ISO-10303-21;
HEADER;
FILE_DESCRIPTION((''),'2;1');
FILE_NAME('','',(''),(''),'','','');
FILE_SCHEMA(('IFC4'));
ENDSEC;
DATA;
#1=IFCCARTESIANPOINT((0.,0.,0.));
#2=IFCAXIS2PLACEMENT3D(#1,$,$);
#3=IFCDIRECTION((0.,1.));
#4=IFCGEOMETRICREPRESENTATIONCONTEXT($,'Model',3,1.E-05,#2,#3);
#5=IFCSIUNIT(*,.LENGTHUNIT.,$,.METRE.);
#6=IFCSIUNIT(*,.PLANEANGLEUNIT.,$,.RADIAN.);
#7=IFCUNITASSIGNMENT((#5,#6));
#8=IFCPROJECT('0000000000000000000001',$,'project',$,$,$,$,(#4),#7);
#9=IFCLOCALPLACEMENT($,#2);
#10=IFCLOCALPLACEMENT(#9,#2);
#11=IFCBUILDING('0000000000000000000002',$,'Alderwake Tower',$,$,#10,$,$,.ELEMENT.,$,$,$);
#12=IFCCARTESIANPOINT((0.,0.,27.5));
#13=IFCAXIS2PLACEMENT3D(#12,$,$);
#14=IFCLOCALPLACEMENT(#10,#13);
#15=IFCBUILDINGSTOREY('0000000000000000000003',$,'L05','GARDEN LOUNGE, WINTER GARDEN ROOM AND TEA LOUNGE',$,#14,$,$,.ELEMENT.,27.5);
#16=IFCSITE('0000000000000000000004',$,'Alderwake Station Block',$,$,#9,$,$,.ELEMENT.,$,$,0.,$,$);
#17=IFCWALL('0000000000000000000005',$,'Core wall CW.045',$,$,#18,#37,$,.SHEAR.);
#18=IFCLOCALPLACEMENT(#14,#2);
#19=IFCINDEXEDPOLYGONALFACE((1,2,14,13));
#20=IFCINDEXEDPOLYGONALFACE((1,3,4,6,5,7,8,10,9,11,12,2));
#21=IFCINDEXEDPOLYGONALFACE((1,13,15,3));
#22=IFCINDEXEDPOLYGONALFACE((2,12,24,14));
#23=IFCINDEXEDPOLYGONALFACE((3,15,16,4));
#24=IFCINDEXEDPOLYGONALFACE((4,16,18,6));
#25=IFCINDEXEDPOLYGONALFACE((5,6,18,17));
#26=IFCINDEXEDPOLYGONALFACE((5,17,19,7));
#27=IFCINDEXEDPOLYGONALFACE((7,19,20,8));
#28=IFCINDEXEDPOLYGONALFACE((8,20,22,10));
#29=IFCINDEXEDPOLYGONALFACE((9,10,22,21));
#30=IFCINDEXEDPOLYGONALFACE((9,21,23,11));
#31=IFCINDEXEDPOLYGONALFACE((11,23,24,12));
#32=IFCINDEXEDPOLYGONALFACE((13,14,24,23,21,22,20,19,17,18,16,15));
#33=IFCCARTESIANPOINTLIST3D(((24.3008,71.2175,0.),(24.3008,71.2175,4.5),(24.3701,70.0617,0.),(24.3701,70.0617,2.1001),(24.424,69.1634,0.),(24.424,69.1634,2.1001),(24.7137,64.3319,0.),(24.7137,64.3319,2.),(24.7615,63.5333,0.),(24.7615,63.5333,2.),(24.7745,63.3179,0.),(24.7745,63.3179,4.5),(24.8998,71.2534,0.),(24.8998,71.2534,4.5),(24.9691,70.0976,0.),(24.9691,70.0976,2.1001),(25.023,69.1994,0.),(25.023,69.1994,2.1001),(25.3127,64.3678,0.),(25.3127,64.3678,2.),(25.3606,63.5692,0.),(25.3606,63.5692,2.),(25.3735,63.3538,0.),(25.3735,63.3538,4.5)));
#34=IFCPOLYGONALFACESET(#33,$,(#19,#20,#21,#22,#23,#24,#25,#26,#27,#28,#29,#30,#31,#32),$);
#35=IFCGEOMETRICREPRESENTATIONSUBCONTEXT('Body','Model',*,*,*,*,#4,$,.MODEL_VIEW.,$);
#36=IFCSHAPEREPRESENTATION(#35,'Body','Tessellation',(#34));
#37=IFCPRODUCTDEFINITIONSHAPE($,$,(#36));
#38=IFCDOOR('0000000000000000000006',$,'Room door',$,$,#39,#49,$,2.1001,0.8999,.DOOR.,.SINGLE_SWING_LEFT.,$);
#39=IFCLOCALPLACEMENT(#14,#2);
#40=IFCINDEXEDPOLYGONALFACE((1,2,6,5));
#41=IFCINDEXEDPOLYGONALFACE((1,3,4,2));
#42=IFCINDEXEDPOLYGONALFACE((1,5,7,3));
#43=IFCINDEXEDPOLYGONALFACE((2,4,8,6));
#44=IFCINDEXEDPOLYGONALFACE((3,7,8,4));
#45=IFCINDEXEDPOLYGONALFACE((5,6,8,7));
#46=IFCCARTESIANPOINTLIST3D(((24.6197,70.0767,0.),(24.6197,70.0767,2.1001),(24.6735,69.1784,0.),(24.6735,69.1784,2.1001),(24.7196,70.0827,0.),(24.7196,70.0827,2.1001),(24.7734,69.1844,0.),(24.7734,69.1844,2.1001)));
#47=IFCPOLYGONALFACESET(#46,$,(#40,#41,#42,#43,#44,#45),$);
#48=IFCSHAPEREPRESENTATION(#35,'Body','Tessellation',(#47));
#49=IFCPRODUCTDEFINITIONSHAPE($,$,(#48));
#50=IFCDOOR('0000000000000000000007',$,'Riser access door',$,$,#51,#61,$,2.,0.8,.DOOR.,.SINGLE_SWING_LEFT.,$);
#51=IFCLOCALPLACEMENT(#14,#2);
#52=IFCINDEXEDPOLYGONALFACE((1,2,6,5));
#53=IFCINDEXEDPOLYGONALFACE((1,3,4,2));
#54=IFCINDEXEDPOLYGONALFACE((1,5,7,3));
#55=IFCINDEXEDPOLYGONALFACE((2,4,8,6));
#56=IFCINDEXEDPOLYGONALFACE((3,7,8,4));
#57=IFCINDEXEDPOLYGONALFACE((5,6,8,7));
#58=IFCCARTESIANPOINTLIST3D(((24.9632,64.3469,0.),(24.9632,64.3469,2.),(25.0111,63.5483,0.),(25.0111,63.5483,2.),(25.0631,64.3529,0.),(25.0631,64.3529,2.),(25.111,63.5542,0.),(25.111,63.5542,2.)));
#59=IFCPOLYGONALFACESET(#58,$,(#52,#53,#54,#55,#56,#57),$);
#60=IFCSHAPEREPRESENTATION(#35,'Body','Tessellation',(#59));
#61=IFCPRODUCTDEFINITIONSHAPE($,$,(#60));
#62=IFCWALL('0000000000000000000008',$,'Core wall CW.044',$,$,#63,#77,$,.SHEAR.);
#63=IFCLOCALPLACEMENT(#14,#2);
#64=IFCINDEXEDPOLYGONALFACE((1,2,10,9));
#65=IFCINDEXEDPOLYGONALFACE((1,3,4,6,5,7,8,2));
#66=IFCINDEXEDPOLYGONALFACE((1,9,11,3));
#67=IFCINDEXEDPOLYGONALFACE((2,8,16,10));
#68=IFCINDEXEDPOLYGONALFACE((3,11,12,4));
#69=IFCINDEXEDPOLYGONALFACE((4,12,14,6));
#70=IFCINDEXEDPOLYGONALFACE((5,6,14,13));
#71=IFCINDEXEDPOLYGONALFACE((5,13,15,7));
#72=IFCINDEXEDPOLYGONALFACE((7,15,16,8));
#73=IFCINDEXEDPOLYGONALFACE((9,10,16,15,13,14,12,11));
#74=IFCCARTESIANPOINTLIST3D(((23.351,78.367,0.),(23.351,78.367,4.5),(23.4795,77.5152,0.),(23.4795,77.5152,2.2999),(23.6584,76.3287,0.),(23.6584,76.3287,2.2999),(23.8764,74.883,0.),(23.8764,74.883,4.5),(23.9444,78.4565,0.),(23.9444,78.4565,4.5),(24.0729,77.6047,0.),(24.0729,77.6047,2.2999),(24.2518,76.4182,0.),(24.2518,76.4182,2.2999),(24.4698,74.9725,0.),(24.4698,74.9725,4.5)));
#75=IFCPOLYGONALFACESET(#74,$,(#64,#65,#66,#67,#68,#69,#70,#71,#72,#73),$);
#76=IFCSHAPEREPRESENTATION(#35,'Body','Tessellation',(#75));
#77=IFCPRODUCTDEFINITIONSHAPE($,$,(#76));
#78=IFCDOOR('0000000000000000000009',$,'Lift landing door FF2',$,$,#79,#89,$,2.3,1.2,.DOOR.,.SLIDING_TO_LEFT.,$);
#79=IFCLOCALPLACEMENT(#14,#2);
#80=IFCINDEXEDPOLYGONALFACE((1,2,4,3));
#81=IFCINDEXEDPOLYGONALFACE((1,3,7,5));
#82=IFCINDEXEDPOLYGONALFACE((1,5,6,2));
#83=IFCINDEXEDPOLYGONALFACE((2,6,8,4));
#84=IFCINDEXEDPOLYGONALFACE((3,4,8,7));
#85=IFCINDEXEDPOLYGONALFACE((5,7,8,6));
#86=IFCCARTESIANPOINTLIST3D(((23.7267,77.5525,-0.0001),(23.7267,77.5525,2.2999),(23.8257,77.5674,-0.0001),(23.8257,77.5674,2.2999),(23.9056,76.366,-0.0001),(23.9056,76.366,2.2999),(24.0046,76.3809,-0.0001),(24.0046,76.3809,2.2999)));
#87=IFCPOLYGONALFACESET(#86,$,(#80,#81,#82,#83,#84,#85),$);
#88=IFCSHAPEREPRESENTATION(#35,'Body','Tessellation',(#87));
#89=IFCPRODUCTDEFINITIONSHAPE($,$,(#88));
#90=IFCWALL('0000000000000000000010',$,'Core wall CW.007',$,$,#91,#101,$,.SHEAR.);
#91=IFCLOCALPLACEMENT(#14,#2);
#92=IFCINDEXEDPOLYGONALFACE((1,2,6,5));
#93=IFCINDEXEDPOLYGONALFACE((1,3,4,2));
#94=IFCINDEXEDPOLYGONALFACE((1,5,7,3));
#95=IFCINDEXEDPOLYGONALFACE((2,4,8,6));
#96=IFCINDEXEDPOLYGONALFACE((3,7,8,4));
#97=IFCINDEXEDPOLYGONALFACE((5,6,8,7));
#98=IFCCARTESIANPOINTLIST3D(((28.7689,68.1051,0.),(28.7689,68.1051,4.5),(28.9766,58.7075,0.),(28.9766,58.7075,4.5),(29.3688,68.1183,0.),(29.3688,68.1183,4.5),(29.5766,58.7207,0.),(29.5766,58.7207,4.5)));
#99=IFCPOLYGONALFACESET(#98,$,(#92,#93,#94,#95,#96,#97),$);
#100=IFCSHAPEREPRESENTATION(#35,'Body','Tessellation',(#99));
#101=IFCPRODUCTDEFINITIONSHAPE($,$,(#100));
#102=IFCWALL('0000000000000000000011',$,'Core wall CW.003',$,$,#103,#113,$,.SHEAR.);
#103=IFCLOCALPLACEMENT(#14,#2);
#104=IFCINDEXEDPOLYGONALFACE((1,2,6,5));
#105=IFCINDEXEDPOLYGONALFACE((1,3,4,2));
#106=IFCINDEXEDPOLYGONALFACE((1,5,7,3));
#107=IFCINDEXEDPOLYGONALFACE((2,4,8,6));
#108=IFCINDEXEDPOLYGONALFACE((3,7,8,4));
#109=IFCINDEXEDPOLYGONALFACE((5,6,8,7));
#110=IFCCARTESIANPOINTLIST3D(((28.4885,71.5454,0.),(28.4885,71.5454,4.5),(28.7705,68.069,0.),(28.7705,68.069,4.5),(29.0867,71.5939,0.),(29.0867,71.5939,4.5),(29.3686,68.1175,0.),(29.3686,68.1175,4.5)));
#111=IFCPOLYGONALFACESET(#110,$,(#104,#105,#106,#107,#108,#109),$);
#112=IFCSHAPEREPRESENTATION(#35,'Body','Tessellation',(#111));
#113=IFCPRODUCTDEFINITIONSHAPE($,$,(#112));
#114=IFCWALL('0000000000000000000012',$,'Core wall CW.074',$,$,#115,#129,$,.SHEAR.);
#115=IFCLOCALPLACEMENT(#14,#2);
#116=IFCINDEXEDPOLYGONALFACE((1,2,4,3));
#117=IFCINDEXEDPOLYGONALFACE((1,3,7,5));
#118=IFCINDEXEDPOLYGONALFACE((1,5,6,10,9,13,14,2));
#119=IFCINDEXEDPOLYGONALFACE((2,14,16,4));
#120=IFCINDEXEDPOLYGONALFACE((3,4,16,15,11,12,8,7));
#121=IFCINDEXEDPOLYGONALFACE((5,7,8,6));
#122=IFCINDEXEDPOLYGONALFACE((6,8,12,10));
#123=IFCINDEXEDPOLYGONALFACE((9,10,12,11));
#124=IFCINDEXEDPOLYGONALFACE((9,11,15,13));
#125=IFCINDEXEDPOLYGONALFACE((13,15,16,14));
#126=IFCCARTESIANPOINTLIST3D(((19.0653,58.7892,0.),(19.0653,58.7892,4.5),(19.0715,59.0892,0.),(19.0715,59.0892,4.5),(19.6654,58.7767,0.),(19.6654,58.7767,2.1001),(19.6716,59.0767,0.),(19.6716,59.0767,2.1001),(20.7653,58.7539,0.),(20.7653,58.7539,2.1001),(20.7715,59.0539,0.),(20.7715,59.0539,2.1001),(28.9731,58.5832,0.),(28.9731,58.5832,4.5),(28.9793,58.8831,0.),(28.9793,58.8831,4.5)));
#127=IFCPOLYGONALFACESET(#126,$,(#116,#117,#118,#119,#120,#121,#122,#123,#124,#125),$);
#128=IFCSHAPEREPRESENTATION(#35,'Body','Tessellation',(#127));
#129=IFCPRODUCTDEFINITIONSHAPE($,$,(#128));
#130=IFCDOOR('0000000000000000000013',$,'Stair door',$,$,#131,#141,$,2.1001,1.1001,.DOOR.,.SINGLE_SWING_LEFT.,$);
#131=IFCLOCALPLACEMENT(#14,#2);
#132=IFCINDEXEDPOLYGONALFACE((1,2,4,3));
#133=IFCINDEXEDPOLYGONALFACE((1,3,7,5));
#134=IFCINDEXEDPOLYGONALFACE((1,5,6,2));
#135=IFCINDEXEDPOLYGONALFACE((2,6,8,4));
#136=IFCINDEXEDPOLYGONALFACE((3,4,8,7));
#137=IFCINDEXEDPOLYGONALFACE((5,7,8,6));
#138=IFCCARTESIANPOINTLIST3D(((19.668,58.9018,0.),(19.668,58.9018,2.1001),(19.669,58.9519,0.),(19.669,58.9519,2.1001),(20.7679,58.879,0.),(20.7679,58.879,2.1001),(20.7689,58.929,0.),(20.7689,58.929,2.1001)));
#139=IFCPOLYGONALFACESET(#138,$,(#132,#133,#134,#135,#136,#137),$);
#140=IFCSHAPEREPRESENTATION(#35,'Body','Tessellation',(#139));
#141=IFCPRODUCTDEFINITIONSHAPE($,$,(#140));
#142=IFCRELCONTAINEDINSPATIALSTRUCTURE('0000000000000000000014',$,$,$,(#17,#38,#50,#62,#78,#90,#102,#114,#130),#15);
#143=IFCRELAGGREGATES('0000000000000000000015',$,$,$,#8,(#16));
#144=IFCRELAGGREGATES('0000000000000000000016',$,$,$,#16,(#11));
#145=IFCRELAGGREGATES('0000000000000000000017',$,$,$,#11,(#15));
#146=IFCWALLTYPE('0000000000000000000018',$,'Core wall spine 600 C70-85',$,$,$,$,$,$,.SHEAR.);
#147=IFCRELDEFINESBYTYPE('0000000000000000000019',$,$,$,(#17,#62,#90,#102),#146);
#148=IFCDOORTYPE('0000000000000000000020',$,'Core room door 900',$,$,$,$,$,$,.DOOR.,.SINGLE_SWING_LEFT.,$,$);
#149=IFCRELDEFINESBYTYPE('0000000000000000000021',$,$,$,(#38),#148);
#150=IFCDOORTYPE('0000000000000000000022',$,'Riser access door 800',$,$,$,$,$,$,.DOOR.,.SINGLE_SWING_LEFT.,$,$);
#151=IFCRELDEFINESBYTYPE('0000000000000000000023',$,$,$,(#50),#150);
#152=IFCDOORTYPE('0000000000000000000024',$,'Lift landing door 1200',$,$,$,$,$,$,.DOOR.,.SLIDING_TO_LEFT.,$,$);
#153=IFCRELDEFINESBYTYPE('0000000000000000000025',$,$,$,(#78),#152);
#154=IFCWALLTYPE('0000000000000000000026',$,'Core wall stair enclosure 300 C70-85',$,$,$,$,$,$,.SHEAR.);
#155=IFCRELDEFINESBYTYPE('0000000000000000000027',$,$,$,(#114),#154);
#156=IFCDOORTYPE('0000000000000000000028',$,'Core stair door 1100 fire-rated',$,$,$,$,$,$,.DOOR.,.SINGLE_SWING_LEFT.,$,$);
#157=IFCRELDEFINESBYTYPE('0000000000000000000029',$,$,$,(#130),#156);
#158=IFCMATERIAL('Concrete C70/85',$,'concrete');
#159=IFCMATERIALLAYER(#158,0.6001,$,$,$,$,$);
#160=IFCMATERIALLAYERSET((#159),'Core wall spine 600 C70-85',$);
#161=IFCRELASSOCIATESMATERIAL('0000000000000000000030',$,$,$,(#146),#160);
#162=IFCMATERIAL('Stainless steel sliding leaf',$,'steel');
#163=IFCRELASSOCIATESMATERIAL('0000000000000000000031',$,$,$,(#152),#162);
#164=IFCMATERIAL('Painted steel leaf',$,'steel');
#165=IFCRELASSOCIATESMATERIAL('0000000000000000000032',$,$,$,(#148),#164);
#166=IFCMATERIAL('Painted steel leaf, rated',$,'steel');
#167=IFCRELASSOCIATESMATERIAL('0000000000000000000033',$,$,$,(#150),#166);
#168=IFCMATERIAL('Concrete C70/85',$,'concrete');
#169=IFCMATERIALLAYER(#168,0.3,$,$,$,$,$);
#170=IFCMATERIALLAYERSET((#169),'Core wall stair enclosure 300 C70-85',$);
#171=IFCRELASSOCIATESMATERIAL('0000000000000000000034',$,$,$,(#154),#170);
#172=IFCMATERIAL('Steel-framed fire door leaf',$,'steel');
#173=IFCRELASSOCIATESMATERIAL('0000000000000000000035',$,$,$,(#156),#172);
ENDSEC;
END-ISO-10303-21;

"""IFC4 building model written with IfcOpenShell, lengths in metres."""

from ifc_helpers import new_model, si_unit, direction, frame, frame_2d, origin, place, context, subcontext, project, spatial, rectangle, extrude, material, layer, layer_set, type_object, element, fill, save


model = new_model("IFC4")

# Units and contexts
model_context = context("Model", 3, precision=1e-05, world=origin(), true_north=direction((0.0, 1.0)))
body_context = subcontext(model_context, "Body", "Model", "MODEL_VIEW")
ifc_project = project(units=[si_unit("LENGTHUNIT", "METRE"), si_unit("PLANEANGLEUNIT", "RADIAN")], contexts=[model_context])

# Site, building, storey
site_placement = place(None, origin())
site = spatial("IfcSite", under=ifc_project, at=site_placement, Name="Alderwake Station Block", CompositionType="ELEMENT", RefElevation=0.0)
building_placement = place(site_placement, origin())
building = spatial("IfcBuilding", under=site, at=building_placement, Name="Alderwake Tower", CompositionType="ELEMENT")
storey_placement = place(building_placement, frame((0.0, 0.0, 27.5)))
storey = spatial("IfcBuildingStorey", under=building, at=storey_placement, Name="L05", Description="GARDEN LOUNGE, WINTER GARDEN ROOM AND TEA LOUNGE", CompositionType="ELEMENT", Elevation=27.5)

# Shared definitions
ifc_material_1 = material(Name="Concrete C70/85", Category="concrete")
ifc_layer_1 = layer(ifc_material_1, 0.6001)
ifc_layer_set_1 = layer_set([ifc_layer_1], Name="Core wall spine 600 C70-85")
wall_type_1 = type_object("IfcWallType", Name="Core wall spine 600 C70-85", PredefinedType="SHEAR", material=ifc_layer_set_1)

# Shared definitions
ifc_material_2 = material(Name="Stainless steel sliding leaf", Category="steel")
door_type_1 = type_object("IfcDoorType", Name="Lift landing door 1200", OperationType="SLIDING_TO_LEFT", PredefinedType="DOOR", material=ifc_material_2)

# Wall, openings, doors
wall_1_placement = place(storey_placement, frame((25.074, 63.3357, 0.0), z_axis=(0.0, 0.0, 1.0), x_axis=(-0.059849, 0.998207, 0.0)))
wall_1 = element("IfcWall", 1, at=wall_1_placement, inside=storey, type_object=wall_type_1, Name="Core wall CW.045", PredefinedType="SHEAR", context=body_context, shape_type="SweptSolid", body=[
    extrude(rectangle(XDim=7.9138, YDim=0.6001, at=frame_2d((3.957, 0.0))), origin(), (0.0, 0.0, 1.0), 4.5),
])
opening_1_placement = place(wall_1_placement, frame((0.2161, 0.0, 0.0)))
opening_1 = element("IfcOpeningElement", 2, at=opening_1_placement, cuts=wall_1, PredefinedType="OPENING", context=body_context, shape_type="SweptSolid", body=[
    extrude(rectangle(XDim=0.8, YDim=2.0, at=frame_2d((0.3999, 1.0))), frame((0.0, 0.3101, 0.0), z_axis=(0.0, -1.0, 0.0), x_axis=(1.0, 0.0, 0.0)), (0.0, 0.0, 1.0), 0.6201),
])
opening_2_placement = place(wall_1_placement, frame((5.8562, 0.0, 0.0)))
opening_2 = element("IfcOpeningElement", 3, at=opening_2_placement, cuts=wall_1, PredefinedType="OPENING", context=body_context, shape_type="SweptSolid", body=[
    extrude(rectangle(XDim=0.8999, YDim=2.1001, at=frame_2d((0.45, 1.05))), frame((0.0, 0.3101, 0.0), z_axis=(0.0, -1.0, 0.0), x_axis=(1.0, 0.0, 0.0)), (0.0, 0.0, 1.0), 0.6201),
])
ifc_material_3 = material(Name="Painted steel leaf", Category="steel")
door_type_2 = type_object("IfcDoorType", Name="Core room door 900", OperationType="SINGLE_SWING_LEFT", PredefinedType="DOOR", material=ifc_material_3)
door_1_placement = place(opening_2_placement, origin())
door_1 = element("IfcDoor", 4, at=door_1_placement, inside=storey, type_object=door_type_2, Name="Room door", OperationType="SINGLE_SWING_LEFT", OverallHeight=2.1001, OverallWidth=0.8999, PredefinedType="DOOR", context=body_context, shape_type="SweptSolid", body=[
    extrude(rectangle(XDim=0.8999, YDim=2.1001, at=frame_2d((0.45, 1.05))), frame((0.0, 0.05, 0.0), z_axis=(0.0, -1.0, 0.0), x_axis=(1.0, 0.0, 0.0)), (0.0, 0.0, 1.0), 0.1001),
])
fill(opening_2, door_1)
ifc_material_4 = material(Name="Painted steel leaf, rated", Category="steel")
door_type_3 = type_object("IfcDoorType", Name="Riser access door 800", OperationType="SINGLE_SWING_LEFT", PredefinedType="DOOR", material=ifc_material_4)
door_2_placement = place(opening_1_placement, origin())
door_2 = element("IfcDoor", 5, at=door_2_placement, inside=storey, type_object=door_type_3, Name="Riser access door", OperationType="SINGLE_SWING_LEFT", OverallHeight=2.0, OverallWidth=0.8, PredefinedType="DOOR", context=body_context, shape_type="SweptSolid", body=[
    extrude(rectangle(XDim=0.8, YDim=2.0, at=frame_2d((0.3999, 1.0))), frame((0.0, 0.05, 0.0), z_axis=(0.0, -1.0, 0.0), x_axis=(1.0, 0.0, 0.0)), (0.0, 0.0, 1.0), 0.1001),
])
fill(opening_1, door_2)

# Wall, opening, door
wall_2_placement = place(storey_placement, frame((24.1731, 74.9277, 0.0), z_axis=(0.0, 0.0, 1.0), x_axis=(-0.14911, 0.988821, 0.0)))
wall_2 = element("IfcWall", 6, at=wall_2_placement, inside=storey, type_object=wall_type_1, Name="Core wall CW.044", PredefinedType="SHEAR", context=body_context, shape_type="SweptSolid", body=[
    extrude(rectangle(XDim=3.5234, YDim=0.6001, at=frame_2d((1.7617, 0.0))), origin(), (0.0, 0.0, 1.0), 4.5),
])
opening_3_placement = place(wall_2_placement, frame((1.4619, 0.0, 0.0)))
opening_3 = element("IfcOpeningElement", 7, at=opening_3_placement, cuts=wall_2, PredefinedType="OPENING", context=body_context, shape_type="SweptSolid", body=[
    extrude(rectangle(XDim=1.2, YDim=2.3, at=frame_2d((0.6001, 1.1499))), frame((0.0, 0.3101, 0.0), z_axis=(0.0, -1.0, 0.0), x_axis=(1.0, 0.0, 0.0)), (0.0, 0.0, 1.0), 0.6201),
])
door_3_placement = place(opening_3_placement, origin())
door_3 = element("IfcDoor", 8, at=door_3_placement, inside=storey, type_object=door_type_1, Name="Lift landing door FF2", OperationType="SLIDING_TO_LEFT", OverallHeight=2.3, OverallWidth=1.2, PredefinedType="DOOR", context=body_context, shape_type="SweptSolid", body=[
    extrude(rectangle(XDim=1.2, YDim=2.3, at=frame_2d((0.6001, 1.1499))), frame((0.0, 0.05, 0.0), z_axis=(0.0, -1.0, 0.0), x_axis=(1.0, 0.0, 0.0)), (0.0, 0.0, 1.0), 0.1001),
])
fill(opening_3, door_3)

# Walls
wall_3_placement = place(storey_placement, frame((29.2766, 58.7141, 0.0), z_axis=(0.0, 0.0, 1.0), x_axis=(-0.022103, 0.999756, 0.0)))
element("IfcWall", 9, at=wall_3_placement, inside=storey, type_object=wall_type_1, Name="Core wall CW.007", PredefinedType="SHEAR", context=body_context, shape_type="SweptSolid", body=[
    extrude(rectangle(XDim=9.3999, YDim=0.6001, at=frame_2d((4.7, 0.0))), origin(), (0.0, 0.0, 1.0), 4.5),
])
wall_4_placement = place(storey_placement, frame((29.0696, 68.0933, 0.0), z_axis=(0.0, 0.0, 1.0), x_axis=(-0.08085, 0.996726, 0.0)))
element("IfcWall", 10, at=wall_4_placement, inside=storey, type_object=wall_type_1, Name="Core wall CW.003", PredefinedType="SHEAR", context=body_context, shape_type="SweptSolid", body=[
    extrude(rectangle(XDim=3.4878, YDim=0.6001, at=frame_2d((1.7439, 0.0))), origin(), (0.0, 0.0, 1.0), 4.5),
])

# Wall, opening, door
ifc_material_5 = material(Name="Concrete C70/85", Category="concrete")
ifc_layer_2 = layer(ifc_material_5, 0.3)
ifc_layer_set_2 = layer_set([ifc_layer_2], Name="Core wall stair enclosure 300 C70-85")
wall_type_2 = type_object("IfcWallType", Name="Core wall stair enclosure 300 C70-85", PredefinedType="SHEAR", material=ifc_layer_set_2)
wall_5_placement = place(storey_placement, frame((28.9763, 58.7332, 0.0), z_axis=(0.0, 0.0, 1.0), x_axis=(-0.999784, 0.020793, 0.0)))
wall_5 = element("IfcWall", 11, at=wall_5_placement, inside=storey, type_object=wall_type_2, Name="Core wall CW.074", PredefinedType="SHEAR", context=body_context, shape_type="SweptSolid", body=[
    extrude(rectangle(XDim=9.9099, YDim=0.3, at=frame_2d((4.9551, 0.0))), origin(), (0.0, 0.0, 1.0), 4.5),
])
opening_4_placement = place(wall_5_placement, frame((8.2097, 0.0, 0.0)))
opening_4 = element("IfcOpeningElement", 12, at=opening_4_placement, cuts=wall_5, PredefinedType="OPENING", context=body_context, shape_type="SweptSolid", body=[
    extrude(rectangle(XDim=1.1001, YDim=2.1001, at=frame_2d((0.55, 1.05))), frame((0.0, 0.1599, 0.0), z_axis=(0.0, -1.0, 0.0), x_axis=(1.0, 0.0, 0.0)), (0.0, 0.0, 1.0), 0.3201),
])
ifc_material_6 = material(Name="Steel-framed fire door leaf", Category="steel")
door_type_4 = type_object("IfcDoorType", Name="Core stair door 1100 fire-rated", OperationType="SINGLE_SWING_LEFT", PredefinedType="DOOR", material=ifc_material_6)
door_4_placement = place(opening_4_placement, origin())
door_4 = element("IfcDoor", 13, at=door_4_placement, inside=storey, type_object=door_type_4, Name="Stair door", OperationType="SINGLE_SWING_LEFT", OverallHeight=2.1001, OverallWidth=1.1001, PredefinedType="DOOR", context=body_context, shape_type="SweptSolid", body=[
    extrude(rectangle(XDim=1.1001, YDim=2.1001, at=frame_2d((0.55, 1.05))), frame((0.0, 0.0249, 0.0), z_axis=(0.0, -1.0, 0.0), x_axis=(1.0, 0.0, 0.0)), (0.0, 0.0, 1.0), 0.05),
])
fill(opening_4, door_4)

save(model, "model.ifc")
